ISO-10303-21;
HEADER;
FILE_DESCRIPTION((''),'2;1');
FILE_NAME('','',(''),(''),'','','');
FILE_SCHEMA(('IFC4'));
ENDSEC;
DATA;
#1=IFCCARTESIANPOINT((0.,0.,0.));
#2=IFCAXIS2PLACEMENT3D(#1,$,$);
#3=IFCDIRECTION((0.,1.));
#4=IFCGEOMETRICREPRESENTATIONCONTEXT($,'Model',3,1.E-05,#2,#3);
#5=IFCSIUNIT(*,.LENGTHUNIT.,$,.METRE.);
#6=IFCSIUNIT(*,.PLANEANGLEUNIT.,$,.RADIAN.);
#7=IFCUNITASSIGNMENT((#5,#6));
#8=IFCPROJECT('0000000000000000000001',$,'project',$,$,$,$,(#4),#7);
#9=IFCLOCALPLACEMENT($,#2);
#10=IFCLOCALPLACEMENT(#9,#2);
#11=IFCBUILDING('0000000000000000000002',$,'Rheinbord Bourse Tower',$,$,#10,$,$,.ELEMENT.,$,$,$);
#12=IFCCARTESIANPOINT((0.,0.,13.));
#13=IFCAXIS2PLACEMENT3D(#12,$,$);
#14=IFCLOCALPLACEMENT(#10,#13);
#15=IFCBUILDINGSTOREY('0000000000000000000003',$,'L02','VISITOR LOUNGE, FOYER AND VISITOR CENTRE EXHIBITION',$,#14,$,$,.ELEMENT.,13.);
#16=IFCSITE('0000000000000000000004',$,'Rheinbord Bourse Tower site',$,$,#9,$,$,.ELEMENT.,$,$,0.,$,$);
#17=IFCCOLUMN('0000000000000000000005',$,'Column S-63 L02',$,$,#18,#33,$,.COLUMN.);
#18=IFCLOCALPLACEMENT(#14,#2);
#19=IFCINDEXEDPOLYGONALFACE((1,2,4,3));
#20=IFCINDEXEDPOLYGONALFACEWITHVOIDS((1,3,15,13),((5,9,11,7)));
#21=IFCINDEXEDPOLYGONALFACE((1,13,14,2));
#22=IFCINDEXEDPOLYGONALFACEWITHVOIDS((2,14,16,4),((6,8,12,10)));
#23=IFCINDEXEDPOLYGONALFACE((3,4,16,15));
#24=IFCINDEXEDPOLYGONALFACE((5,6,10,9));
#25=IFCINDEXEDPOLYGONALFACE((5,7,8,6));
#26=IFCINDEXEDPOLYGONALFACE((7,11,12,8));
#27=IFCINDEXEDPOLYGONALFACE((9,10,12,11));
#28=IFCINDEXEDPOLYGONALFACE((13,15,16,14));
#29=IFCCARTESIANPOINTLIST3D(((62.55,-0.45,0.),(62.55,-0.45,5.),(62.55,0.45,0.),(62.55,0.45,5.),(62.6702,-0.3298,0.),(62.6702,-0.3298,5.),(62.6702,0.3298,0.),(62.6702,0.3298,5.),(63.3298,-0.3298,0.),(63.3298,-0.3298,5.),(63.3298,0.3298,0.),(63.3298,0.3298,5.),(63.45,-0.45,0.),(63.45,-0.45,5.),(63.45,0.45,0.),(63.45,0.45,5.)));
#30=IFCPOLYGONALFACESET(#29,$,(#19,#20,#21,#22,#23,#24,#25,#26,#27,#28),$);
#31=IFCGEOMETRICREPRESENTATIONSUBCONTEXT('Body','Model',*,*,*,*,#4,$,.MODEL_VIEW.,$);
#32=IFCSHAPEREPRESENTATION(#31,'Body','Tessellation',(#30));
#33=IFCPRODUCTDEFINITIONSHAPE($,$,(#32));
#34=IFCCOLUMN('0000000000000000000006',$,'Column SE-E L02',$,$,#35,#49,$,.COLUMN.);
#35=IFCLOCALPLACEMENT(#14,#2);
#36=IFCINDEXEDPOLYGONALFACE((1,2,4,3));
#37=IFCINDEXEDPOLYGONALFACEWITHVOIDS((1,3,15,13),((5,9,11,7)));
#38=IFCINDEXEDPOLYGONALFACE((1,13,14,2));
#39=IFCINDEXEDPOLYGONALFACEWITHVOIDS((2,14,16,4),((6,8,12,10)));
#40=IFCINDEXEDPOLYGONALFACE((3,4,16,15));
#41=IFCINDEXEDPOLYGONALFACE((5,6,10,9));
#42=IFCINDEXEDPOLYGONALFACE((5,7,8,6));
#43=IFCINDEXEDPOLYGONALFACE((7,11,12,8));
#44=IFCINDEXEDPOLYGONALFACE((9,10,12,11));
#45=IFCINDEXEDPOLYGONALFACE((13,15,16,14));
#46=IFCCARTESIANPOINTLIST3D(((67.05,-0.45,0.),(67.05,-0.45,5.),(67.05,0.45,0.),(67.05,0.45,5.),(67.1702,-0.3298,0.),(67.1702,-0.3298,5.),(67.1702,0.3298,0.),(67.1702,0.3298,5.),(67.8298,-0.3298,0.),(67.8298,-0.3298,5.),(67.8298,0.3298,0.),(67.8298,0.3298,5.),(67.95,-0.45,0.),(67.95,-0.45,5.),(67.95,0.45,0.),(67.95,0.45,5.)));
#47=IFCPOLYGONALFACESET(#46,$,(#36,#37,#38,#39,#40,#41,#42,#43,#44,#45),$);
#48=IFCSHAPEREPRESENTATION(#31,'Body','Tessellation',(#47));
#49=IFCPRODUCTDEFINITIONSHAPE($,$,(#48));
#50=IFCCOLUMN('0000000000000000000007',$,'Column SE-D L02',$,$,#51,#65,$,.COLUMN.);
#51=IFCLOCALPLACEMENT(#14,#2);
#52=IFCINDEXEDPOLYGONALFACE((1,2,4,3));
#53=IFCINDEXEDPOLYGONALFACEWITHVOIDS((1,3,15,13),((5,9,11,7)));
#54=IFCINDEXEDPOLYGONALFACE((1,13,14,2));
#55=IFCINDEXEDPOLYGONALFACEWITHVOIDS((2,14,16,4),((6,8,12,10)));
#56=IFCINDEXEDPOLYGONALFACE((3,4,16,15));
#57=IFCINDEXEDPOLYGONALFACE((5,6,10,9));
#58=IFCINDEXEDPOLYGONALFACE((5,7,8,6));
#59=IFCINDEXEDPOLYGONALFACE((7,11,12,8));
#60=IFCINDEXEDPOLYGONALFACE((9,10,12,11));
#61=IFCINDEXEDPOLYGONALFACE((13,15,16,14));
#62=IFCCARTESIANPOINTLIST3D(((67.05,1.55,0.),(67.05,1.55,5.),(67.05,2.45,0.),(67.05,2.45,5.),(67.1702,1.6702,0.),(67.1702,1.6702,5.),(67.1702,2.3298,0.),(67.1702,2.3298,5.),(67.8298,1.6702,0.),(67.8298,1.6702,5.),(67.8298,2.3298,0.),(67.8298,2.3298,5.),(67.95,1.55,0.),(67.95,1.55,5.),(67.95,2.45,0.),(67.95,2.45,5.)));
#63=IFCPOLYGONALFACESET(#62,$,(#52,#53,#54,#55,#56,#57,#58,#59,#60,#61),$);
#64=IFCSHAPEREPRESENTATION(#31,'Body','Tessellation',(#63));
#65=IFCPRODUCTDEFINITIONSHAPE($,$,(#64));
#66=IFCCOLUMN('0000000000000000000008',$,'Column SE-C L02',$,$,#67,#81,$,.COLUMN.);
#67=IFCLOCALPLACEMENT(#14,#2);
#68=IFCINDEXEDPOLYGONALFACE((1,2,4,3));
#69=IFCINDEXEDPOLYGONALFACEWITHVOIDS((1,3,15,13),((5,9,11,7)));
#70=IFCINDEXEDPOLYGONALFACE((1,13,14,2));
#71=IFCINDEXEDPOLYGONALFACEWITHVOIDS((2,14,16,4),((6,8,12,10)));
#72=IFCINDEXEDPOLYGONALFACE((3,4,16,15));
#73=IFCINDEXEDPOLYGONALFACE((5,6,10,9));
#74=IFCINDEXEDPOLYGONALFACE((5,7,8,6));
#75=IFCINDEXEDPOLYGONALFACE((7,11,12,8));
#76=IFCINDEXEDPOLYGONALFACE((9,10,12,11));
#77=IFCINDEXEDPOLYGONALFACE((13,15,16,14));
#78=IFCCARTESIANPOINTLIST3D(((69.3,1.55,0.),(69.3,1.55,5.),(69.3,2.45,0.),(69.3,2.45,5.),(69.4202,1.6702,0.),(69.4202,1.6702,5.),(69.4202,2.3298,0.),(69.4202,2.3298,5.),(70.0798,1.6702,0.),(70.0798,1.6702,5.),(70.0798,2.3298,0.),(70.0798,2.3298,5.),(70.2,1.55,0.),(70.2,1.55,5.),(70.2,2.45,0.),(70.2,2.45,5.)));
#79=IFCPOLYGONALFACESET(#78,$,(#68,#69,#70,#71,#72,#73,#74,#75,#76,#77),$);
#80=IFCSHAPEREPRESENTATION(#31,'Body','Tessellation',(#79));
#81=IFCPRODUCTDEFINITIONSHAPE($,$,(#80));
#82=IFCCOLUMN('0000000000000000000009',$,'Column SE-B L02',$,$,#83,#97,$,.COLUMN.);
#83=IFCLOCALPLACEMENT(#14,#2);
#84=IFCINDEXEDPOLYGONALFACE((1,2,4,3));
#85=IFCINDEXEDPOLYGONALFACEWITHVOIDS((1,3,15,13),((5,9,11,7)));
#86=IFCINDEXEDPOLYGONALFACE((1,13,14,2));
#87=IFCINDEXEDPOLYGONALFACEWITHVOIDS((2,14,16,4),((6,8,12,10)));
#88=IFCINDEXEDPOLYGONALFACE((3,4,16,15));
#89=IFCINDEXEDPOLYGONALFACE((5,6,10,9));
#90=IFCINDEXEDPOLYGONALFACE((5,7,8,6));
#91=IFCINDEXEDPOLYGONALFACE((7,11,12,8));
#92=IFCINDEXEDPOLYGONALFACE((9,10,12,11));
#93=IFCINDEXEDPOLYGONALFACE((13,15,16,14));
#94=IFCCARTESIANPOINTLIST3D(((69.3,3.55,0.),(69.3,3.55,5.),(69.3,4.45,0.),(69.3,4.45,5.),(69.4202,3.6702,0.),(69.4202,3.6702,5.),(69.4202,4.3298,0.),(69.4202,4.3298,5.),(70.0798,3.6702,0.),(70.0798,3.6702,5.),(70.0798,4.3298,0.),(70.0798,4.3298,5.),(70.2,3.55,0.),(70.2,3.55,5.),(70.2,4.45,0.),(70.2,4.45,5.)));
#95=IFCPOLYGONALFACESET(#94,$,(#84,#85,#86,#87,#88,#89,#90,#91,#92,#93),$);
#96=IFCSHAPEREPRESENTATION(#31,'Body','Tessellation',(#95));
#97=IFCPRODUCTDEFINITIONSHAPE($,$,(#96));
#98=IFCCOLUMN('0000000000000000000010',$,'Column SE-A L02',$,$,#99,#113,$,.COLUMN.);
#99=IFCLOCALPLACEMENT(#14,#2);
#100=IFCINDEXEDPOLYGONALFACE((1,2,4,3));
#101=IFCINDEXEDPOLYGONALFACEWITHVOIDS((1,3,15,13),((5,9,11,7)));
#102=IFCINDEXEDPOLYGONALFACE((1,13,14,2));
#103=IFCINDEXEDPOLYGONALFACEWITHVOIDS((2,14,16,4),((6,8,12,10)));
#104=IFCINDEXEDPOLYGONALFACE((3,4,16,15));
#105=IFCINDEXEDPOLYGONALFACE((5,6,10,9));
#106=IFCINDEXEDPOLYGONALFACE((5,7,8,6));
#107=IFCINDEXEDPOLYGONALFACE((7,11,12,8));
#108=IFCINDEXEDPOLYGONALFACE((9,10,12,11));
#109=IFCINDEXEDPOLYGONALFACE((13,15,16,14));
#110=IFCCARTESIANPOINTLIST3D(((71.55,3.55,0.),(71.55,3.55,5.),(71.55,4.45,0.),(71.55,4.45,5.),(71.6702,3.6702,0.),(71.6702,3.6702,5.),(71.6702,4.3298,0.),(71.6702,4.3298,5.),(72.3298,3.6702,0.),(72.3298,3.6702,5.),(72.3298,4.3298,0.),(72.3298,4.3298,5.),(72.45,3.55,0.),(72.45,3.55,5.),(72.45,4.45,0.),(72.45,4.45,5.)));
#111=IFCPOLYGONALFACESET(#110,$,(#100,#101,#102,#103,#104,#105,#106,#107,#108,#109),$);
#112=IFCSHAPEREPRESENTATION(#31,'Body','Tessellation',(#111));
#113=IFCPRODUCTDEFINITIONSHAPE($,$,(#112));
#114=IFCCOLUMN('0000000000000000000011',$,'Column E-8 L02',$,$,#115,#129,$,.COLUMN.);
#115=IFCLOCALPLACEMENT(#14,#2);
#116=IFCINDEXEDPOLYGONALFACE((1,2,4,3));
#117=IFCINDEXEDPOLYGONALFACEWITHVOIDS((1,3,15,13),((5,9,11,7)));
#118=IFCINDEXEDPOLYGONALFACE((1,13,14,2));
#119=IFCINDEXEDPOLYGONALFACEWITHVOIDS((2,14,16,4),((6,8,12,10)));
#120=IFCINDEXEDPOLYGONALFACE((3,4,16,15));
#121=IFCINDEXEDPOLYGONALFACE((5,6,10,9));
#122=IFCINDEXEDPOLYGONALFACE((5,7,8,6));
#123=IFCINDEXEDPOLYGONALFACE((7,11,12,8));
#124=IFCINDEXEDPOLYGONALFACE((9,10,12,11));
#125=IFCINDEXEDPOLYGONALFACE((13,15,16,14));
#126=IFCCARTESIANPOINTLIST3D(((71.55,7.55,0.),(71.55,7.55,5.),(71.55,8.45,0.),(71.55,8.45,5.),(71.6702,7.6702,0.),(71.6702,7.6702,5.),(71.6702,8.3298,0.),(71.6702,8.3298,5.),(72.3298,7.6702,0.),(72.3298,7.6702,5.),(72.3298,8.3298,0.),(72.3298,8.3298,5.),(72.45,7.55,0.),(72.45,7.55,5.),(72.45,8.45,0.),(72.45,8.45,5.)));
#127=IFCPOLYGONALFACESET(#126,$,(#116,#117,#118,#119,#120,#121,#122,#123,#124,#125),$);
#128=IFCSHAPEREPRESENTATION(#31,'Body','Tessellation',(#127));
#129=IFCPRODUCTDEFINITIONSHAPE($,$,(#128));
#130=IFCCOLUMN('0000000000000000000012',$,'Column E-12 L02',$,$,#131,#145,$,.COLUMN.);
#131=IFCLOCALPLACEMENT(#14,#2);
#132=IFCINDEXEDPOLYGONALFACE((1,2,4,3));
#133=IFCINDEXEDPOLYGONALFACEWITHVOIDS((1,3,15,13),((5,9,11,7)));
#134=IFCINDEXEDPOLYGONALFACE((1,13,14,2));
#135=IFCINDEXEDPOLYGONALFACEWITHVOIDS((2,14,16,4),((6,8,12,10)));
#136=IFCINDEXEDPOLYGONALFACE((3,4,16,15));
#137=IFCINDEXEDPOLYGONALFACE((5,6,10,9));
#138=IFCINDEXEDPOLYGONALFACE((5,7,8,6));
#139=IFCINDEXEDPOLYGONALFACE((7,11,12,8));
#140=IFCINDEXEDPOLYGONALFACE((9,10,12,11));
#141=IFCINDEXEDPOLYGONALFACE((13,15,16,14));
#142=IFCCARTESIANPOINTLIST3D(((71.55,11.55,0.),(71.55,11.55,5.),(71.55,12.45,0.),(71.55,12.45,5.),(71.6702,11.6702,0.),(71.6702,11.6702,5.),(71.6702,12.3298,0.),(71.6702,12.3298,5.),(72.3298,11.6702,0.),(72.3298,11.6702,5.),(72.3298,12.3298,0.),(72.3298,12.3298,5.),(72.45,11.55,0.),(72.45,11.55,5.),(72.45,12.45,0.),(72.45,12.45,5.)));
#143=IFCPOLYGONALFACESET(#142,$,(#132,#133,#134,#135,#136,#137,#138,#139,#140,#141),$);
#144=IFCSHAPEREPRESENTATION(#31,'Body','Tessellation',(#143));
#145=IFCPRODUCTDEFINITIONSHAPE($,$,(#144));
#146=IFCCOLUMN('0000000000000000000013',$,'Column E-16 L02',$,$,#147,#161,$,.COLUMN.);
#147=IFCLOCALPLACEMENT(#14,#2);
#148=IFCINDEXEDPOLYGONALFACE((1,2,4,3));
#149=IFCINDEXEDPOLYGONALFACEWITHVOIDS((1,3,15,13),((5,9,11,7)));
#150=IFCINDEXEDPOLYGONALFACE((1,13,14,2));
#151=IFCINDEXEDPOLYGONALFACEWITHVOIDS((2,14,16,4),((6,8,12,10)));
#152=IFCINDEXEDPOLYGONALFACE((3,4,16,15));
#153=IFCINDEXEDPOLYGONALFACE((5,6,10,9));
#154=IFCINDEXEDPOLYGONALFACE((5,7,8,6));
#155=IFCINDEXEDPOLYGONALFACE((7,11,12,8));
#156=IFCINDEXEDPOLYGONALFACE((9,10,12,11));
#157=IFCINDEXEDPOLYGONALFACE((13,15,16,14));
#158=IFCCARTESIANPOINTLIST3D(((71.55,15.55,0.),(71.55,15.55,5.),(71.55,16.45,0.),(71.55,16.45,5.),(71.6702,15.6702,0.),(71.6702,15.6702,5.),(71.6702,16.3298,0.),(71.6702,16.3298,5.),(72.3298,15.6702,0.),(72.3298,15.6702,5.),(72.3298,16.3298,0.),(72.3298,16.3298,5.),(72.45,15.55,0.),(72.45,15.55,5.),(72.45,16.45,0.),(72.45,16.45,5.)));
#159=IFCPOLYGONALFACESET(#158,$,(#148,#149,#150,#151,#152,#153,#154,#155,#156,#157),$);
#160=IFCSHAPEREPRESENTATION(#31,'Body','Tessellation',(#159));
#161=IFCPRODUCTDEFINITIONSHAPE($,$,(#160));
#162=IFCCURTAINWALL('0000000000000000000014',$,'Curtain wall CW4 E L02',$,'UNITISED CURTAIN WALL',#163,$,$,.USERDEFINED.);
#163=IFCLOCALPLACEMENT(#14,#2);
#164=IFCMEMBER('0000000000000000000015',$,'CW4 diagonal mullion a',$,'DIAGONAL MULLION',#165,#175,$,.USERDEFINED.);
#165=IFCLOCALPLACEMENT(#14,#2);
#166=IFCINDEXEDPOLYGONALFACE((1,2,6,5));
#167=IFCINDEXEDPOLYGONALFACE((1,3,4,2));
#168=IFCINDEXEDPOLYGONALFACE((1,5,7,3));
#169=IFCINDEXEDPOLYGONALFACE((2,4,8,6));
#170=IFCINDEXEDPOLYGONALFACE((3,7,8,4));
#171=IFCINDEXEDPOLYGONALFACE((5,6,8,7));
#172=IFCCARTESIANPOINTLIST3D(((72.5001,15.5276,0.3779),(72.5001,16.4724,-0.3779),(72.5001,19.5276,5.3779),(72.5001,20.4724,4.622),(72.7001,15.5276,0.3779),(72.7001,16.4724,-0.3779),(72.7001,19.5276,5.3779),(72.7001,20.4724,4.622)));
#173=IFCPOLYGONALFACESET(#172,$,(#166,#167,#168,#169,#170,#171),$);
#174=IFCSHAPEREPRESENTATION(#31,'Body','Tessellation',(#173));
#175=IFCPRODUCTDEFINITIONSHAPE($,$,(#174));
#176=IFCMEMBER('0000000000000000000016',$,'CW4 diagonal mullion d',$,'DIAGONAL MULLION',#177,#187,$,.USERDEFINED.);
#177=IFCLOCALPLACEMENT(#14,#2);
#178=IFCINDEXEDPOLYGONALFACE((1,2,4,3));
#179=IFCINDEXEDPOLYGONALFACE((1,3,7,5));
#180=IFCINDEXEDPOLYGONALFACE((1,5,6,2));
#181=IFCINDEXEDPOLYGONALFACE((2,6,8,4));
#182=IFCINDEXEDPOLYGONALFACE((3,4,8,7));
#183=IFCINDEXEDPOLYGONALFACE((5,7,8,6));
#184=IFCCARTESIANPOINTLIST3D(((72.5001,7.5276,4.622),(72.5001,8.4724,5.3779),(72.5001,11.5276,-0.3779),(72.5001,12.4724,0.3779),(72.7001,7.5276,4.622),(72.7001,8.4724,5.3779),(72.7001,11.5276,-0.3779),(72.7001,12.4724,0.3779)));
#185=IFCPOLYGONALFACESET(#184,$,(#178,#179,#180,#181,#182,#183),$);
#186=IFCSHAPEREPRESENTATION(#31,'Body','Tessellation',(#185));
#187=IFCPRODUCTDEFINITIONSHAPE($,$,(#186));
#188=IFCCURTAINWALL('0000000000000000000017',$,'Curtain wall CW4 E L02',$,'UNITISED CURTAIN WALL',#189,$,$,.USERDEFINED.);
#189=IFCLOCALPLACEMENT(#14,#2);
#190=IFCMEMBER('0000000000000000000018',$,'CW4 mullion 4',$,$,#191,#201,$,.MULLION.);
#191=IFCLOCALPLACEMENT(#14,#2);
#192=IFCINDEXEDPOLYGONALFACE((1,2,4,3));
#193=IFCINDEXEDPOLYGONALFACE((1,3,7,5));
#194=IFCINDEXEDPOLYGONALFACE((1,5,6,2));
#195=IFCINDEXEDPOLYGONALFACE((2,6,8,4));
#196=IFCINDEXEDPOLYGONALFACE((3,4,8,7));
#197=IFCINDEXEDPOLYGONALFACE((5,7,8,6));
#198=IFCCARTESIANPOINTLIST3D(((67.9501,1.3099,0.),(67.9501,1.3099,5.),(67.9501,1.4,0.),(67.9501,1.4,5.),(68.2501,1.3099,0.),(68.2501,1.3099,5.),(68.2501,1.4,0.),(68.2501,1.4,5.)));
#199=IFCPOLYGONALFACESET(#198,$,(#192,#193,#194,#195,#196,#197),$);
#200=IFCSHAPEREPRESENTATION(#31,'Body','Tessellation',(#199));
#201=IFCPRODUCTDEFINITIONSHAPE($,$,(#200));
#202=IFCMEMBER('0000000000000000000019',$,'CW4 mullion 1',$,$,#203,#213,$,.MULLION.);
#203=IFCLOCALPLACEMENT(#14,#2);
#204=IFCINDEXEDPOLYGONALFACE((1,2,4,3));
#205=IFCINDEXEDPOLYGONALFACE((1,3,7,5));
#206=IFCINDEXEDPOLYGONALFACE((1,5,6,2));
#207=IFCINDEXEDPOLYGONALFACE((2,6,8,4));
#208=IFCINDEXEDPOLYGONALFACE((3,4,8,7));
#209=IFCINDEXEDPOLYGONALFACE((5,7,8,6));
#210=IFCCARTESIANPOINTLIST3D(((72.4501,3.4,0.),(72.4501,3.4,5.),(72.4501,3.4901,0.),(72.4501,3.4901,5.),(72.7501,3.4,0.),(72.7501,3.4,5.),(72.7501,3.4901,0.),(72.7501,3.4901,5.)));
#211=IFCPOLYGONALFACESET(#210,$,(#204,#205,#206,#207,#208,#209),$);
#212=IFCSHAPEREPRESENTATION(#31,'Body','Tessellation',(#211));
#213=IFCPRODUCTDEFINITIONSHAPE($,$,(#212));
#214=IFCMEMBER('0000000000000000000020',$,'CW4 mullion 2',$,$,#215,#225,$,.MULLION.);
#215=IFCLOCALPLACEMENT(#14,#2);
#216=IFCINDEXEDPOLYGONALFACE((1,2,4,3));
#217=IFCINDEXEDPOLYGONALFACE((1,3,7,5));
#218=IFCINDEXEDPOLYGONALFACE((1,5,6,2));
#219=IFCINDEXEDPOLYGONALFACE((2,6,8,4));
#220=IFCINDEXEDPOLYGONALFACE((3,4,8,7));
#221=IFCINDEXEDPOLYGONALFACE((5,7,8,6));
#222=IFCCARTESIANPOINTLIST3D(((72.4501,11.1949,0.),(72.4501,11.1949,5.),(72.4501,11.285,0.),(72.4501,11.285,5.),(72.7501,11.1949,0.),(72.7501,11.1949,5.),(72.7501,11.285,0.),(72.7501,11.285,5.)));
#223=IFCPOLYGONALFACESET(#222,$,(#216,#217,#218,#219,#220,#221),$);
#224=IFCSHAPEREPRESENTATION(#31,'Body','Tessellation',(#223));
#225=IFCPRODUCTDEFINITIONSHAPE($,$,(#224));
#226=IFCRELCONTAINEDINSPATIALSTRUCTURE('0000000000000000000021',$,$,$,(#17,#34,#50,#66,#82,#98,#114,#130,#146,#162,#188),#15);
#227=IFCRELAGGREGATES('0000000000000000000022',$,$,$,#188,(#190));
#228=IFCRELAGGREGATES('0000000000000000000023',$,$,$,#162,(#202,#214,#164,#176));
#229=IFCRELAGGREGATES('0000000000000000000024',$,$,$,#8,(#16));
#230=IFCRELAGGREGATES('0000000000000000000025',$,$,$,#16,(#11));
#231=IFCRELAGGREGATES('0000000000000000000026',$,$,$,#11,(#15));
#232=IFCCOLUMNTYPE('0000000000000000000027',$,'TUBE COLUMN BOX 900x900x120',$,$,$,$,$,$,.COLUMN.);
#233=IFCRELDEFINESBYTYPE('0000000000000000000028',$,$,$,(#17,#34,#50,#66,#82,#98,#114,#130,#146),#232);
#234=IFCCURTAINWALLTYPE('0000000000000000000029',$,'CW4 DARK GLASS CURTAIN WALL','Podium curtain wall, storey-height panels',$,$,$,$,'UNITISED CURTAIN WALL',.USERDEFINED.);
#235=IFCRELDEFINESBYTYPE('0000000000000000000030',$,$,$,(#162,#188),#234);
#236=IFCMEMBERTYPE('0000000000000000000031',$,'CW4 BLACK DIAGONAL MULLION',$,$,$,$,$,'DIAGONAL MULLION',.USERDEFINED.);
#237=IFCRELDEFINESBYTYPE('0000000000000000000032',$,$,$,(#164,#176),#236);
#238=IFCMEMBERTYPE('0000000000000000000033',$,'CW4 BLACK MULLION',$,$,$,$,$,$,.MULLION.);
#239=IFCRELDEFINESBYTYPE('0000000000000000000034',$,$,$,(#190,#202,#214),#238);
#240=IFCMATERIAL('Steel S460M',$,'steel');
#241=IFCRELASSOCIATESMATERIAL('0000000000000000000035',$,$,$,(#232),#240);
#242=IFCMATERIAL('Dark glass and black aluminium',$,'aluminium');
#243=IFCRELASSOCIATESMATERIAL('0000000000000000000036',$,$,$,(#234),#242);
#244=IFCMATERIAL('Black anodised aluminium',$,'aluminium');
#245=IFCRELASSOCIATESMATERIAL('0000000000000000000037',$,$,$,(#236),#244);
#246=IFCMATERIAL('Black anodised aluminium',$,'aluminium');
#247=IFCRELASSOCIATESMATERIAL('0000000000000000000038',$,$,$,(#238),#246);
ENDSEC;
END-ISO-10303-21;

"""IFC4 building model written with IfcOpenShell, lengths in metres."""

from ifc_helpers import new_model, si_unit, direction, frame, origin, origin_2d, place, context, subcontext, project, spatial, rectangle, hollow_rectangle, extrude, material, material_profile, profile_set, type_object, element, aggregate, save


model = new_model("IFC4")

# Units and contexts
model_context = context("Model", 3, precision=1e-05, world=origin(), true_north=direction((0.0, 1.0)))
body_context = subcontext(model_context, "Body", "Model", "MODEL_VIEW")
ifc_project = project(units=[si_unit("LENGTHUNIT", "METRE"), si_unit("PLANEANGLEUNIT", "RADIAN")], contexts=[model_context])

# Site, building, storey
site_placement = place(None, origin())
site = spatial("IfcSite", under=ifc_project, at=site_placement, Name="Rheinbord Bourse Tower site", CompositionType="ELEMENT", RefElevation=0.0)
building_placement = place(site_placement, origin())
building = spatial("IfcBuilding", under=site, at=building_placement, Name="Rheinbord Bourse Tower", CompositionType="ELEMENT")
storey_placement = place(building_placement, frame((0.0, 0.0, 13.0)))
storey = spatial("IfcBuildingStorey", under=building, at=storey_placement, Name="L02", Description="VISITOR LOUNGE, FOYER AND VISITOR CENTRE EXHIBITION", CompositionType="ELEMENT", Elevation=13.0)

# Columns
ifc_material_1 = material(Name="Steel S460M", Category="steel")
ifc_material_profile_1 = material_profile(ifc_material_1, hollow_rectangle(XDim=0.8999, YDim=0.8999, WallThickness=0.1201, at=origin_2d()), Name="BOX 900x900x120")
ifc_profile_set_1 = profile_set([ifc_material_profile_1], Name="Steel S460M")
column_type = type_object("IfcColumnType", Name="TUBE COLUMN BOX 900x900x120", PredefinedType="COLUMN", material=ifc_profile_set_1)
for number, where, z_axis, x_axis, name in (
    (1, (63.0, 0.0, 0.0), (0.0, 0.0, 1.0), (0.0, 1.0, 0.0), "Column S-63 L02"),
    (2, (67.5, 0.0, 0.0), (0.0, 0.0, 1.0), (0.0, 1.0, 0.0), "Column SE-E L02"),
    (3, (67.5, 2.0, 0.0), (0.0, 0.0, 1.0), (0.0, 1.0, 0.0), "Column SE-D L02"),
    (4, (69.75, 2.0, 0.0), (0.0, 0.0, 1.0), (1.0, 0.0, 0.0), "Column SE-C L02"),
    (5, (69.75, 4.0, 0.0), (0.0, 0.0, 1.0), (1.0, 0.0, 0.0), "Column SE-B L02"),
    (6, (72.0, 4.0, 0.0), (0.0, 0.0, 1.0), (1.0, 0.0, 0.0), "Column SE-A L02"),
    (7, (72.0, 8.0, 0.0), (0.0, 0.0, 1.0), (1.0, 0.0, 0.0), "Column E-8 L02"),
    (8, (72.0, 12.0, 0.0), (0.0, 0.0, 1.0), (1.0, 0.0, 0.0), "Column E-12 L02"),
    (9, (72.0, 16.0, 0.0), (0.0, 0.0, 1.0), (1.0, 0.0, 0.0), "Column E-16 L02"),
):
    element("IfcColumn", number, at=place(storey_placement, frame(where, z_axis=z_axis, x_axis=x_axis)), inside=storey, type_object=column_type, Name=name, PredefinedType="COLUMN", context=body_context, shape_type="SweptSolid", body=[
        extrude(hollow_rectangle(XDim=0.8999, YDim=0.8999, WallThickness=0.1201, at=origin_2d()), origin(), (0.0, 0.0, 1.0), 5.0),
    ])

# Curtain wall, members
ifc_material_2 = material(Name="Dark glass and black aluminium", Category="aluminium")
curtain_wall_type = type_object("IfcCurtainWallType", Name="CW4 DARK GLASS CURTAIN WALL", Description="Podium curtain wall, storey-height panels", ElementType="UNITISED CURTAIN WALL", PredefinedType="USERDEFINED", material=ifc_material_2)
curtain_wall_1_placement = place(storey_placement, origin())
curtain_wall_1 = element("IfcCurtainWall", 10, at=curtain_wall_1_placement, inside=storey, type_object=curtain_wall_type, Name="Curtain wall CW4 E L02", ObjectType="UNITISED CURTAIN WALL", PredefinedType="USERDEFINED")
ifc_material_3 = material(Name="Black anodised aluminium", Category="aluminium")
ifc_material_profile_2 = material_profile(ifc_material_3, rectangle(XDim=0.2, YDim=1.21, at=origin_2d()), Name="CW4 DIAGONAL MULLION 1210x200")
ifc_profile_set_2 = profile_set([ifc_material_profile_2], Name="Black anodised aluminium")
member_type_1 = type_object("IfcMemberType", Name="CW4 BLACK DIAGONAL MULLION", ElementType="DIAGONAL MULLION", PredefinedType="USERDEFINED", material=ifc_profile_set_2)
member_1_placement = place(storey_placement, frame((72.6001, 16.0, 0.0), z_axis=(0.0, 0.624695, 0.780869), x_axis=(-1.0, 0.0, 0.0)))
member_1 = element("IfcMember", 11, at=member_1_placement, type_object=member_type_1, Name="CW4 diagonal mullion a", ObjectType="DIAGONAL MULLION", PredefinedType="USERDEFINED", context=body_context, shape_type="SweptSolid", body=[
    extrude(rectangle(XDim=0.2, YDim=1.21, at=origin_2d()), origin(), (0.0, 0.0, 1.0), 6.4031),
])
member_2_placement = place(storey_placement, frame((72.6001, 12.0, 0.0), z_axis=(0.0, -0.624695, 0.780869), x_axis=(1.0, 0.0, 0.0)))
member_2 = element("IfcMember", 12, at=member_2_placement, type_object=member_type_1, Name="CW4 diagonal mullion d", ObjectType="DIAGONAL MULLION", PredefinedType="USERDEFINED", context=body_context, shape_type="SweptSolid", body=[
    extrude(rectangle(XDim=0.2, YDim=1.21, at=origin_2d()), origin(), (0.0, 0.0, 1.0), 6.4031),
])

# Curtain wall, member
curtain_wall_2_placement = place(storey_placement, origin())
curtain_wall_2 = element("IfcCurtainWall", 13, at=curtain_wall_2_placement, inside=storey, type_object=curtain_wall_type, Name="Curtain wall CW4 E L02", ObjectType="UNITISED CURTAIN WALL", PredefinedType="USERDEFINED")
ifc_material_4 = material(Name="Black anodised aluminium", Category="aluminium")
ifc_material_profile_3 = material_profile(ifc_material_4, rectangle(XDim=0.3, YDim=0.0901, at=origin_2d()), Name="CW4 MULLION 90x300")
ifc_profile_set_3 = profile_set([ifc_material_profile_3], Name="Black anodised aluminium")
member_type_2 = type_object("IfcMemberType", Name="CW4 BLACK MULLION", PredefinedType="MULLION", material=ifc_profile_set_3)
member_3_placement = place(storey_placement, frame((68.1001, 1.355, 0.0), z_axis=(0.0, 0.0, 1.0), x_axis=(-1.0, 0.0, 0.0)))
member_3 = element("IfcMember", 14, at=member_3_placement, type_object=member_type_2, Name="CW4 mullion 4", PredefinedType="MULLION", context=body_context, shape_type="SweptSolid", body=[
    extrude(rectangle(XDim=0.3, YDim=0.0901, at=origin_2d()), origin(), (0.0, 0.0, 1.0), 5.0),
])
aggregate(curtain_wall_2, [member_3])

# Members
member_4_placement = place(storey_placement, frame((72.6001, 3.4451, 0.0), z_axis=(0.0, 0.0, 1.0), x_axis=(-1.0, 0.0, 0.0)))
member_4 = element("IfcMember", 15, at=member_4_placement, type_object=member_type_2, Name="CW4 mullion 1", PredefinedType="MULLION", context=body_context, shape_type="SweptSolid", body=[
    extrude(rectangle(XDim=0.3, YDim=0.0901, at=origin_2d()), origin(), (0.0, 0.0, 1.0), 5.0),
])
member_5_placement = place(storey_placement, frame((72.6001, 11.24, 0.0), z_axis=(0.0, 0.0, 1.0), x_axis=(-1.0, 0.0, 0.0)))
member_5 = element("IfcMember", 16, at=member_5_placement, type_object=member_type_2, Name="CW4 mullion 2", PredefinedType="MULLION", context=body_context, shape_type="SweptSolid", body=[
    extrude(rectangle(XDim=0.3, YDim=0.0901, at=origin_2d()), origin(), (0.0, 0.0, 1.0), 5.0),
])

aggregate(curtain_wall_1, [member_4, member_5, member_1, member_2])

save(model, "model.ifc")
